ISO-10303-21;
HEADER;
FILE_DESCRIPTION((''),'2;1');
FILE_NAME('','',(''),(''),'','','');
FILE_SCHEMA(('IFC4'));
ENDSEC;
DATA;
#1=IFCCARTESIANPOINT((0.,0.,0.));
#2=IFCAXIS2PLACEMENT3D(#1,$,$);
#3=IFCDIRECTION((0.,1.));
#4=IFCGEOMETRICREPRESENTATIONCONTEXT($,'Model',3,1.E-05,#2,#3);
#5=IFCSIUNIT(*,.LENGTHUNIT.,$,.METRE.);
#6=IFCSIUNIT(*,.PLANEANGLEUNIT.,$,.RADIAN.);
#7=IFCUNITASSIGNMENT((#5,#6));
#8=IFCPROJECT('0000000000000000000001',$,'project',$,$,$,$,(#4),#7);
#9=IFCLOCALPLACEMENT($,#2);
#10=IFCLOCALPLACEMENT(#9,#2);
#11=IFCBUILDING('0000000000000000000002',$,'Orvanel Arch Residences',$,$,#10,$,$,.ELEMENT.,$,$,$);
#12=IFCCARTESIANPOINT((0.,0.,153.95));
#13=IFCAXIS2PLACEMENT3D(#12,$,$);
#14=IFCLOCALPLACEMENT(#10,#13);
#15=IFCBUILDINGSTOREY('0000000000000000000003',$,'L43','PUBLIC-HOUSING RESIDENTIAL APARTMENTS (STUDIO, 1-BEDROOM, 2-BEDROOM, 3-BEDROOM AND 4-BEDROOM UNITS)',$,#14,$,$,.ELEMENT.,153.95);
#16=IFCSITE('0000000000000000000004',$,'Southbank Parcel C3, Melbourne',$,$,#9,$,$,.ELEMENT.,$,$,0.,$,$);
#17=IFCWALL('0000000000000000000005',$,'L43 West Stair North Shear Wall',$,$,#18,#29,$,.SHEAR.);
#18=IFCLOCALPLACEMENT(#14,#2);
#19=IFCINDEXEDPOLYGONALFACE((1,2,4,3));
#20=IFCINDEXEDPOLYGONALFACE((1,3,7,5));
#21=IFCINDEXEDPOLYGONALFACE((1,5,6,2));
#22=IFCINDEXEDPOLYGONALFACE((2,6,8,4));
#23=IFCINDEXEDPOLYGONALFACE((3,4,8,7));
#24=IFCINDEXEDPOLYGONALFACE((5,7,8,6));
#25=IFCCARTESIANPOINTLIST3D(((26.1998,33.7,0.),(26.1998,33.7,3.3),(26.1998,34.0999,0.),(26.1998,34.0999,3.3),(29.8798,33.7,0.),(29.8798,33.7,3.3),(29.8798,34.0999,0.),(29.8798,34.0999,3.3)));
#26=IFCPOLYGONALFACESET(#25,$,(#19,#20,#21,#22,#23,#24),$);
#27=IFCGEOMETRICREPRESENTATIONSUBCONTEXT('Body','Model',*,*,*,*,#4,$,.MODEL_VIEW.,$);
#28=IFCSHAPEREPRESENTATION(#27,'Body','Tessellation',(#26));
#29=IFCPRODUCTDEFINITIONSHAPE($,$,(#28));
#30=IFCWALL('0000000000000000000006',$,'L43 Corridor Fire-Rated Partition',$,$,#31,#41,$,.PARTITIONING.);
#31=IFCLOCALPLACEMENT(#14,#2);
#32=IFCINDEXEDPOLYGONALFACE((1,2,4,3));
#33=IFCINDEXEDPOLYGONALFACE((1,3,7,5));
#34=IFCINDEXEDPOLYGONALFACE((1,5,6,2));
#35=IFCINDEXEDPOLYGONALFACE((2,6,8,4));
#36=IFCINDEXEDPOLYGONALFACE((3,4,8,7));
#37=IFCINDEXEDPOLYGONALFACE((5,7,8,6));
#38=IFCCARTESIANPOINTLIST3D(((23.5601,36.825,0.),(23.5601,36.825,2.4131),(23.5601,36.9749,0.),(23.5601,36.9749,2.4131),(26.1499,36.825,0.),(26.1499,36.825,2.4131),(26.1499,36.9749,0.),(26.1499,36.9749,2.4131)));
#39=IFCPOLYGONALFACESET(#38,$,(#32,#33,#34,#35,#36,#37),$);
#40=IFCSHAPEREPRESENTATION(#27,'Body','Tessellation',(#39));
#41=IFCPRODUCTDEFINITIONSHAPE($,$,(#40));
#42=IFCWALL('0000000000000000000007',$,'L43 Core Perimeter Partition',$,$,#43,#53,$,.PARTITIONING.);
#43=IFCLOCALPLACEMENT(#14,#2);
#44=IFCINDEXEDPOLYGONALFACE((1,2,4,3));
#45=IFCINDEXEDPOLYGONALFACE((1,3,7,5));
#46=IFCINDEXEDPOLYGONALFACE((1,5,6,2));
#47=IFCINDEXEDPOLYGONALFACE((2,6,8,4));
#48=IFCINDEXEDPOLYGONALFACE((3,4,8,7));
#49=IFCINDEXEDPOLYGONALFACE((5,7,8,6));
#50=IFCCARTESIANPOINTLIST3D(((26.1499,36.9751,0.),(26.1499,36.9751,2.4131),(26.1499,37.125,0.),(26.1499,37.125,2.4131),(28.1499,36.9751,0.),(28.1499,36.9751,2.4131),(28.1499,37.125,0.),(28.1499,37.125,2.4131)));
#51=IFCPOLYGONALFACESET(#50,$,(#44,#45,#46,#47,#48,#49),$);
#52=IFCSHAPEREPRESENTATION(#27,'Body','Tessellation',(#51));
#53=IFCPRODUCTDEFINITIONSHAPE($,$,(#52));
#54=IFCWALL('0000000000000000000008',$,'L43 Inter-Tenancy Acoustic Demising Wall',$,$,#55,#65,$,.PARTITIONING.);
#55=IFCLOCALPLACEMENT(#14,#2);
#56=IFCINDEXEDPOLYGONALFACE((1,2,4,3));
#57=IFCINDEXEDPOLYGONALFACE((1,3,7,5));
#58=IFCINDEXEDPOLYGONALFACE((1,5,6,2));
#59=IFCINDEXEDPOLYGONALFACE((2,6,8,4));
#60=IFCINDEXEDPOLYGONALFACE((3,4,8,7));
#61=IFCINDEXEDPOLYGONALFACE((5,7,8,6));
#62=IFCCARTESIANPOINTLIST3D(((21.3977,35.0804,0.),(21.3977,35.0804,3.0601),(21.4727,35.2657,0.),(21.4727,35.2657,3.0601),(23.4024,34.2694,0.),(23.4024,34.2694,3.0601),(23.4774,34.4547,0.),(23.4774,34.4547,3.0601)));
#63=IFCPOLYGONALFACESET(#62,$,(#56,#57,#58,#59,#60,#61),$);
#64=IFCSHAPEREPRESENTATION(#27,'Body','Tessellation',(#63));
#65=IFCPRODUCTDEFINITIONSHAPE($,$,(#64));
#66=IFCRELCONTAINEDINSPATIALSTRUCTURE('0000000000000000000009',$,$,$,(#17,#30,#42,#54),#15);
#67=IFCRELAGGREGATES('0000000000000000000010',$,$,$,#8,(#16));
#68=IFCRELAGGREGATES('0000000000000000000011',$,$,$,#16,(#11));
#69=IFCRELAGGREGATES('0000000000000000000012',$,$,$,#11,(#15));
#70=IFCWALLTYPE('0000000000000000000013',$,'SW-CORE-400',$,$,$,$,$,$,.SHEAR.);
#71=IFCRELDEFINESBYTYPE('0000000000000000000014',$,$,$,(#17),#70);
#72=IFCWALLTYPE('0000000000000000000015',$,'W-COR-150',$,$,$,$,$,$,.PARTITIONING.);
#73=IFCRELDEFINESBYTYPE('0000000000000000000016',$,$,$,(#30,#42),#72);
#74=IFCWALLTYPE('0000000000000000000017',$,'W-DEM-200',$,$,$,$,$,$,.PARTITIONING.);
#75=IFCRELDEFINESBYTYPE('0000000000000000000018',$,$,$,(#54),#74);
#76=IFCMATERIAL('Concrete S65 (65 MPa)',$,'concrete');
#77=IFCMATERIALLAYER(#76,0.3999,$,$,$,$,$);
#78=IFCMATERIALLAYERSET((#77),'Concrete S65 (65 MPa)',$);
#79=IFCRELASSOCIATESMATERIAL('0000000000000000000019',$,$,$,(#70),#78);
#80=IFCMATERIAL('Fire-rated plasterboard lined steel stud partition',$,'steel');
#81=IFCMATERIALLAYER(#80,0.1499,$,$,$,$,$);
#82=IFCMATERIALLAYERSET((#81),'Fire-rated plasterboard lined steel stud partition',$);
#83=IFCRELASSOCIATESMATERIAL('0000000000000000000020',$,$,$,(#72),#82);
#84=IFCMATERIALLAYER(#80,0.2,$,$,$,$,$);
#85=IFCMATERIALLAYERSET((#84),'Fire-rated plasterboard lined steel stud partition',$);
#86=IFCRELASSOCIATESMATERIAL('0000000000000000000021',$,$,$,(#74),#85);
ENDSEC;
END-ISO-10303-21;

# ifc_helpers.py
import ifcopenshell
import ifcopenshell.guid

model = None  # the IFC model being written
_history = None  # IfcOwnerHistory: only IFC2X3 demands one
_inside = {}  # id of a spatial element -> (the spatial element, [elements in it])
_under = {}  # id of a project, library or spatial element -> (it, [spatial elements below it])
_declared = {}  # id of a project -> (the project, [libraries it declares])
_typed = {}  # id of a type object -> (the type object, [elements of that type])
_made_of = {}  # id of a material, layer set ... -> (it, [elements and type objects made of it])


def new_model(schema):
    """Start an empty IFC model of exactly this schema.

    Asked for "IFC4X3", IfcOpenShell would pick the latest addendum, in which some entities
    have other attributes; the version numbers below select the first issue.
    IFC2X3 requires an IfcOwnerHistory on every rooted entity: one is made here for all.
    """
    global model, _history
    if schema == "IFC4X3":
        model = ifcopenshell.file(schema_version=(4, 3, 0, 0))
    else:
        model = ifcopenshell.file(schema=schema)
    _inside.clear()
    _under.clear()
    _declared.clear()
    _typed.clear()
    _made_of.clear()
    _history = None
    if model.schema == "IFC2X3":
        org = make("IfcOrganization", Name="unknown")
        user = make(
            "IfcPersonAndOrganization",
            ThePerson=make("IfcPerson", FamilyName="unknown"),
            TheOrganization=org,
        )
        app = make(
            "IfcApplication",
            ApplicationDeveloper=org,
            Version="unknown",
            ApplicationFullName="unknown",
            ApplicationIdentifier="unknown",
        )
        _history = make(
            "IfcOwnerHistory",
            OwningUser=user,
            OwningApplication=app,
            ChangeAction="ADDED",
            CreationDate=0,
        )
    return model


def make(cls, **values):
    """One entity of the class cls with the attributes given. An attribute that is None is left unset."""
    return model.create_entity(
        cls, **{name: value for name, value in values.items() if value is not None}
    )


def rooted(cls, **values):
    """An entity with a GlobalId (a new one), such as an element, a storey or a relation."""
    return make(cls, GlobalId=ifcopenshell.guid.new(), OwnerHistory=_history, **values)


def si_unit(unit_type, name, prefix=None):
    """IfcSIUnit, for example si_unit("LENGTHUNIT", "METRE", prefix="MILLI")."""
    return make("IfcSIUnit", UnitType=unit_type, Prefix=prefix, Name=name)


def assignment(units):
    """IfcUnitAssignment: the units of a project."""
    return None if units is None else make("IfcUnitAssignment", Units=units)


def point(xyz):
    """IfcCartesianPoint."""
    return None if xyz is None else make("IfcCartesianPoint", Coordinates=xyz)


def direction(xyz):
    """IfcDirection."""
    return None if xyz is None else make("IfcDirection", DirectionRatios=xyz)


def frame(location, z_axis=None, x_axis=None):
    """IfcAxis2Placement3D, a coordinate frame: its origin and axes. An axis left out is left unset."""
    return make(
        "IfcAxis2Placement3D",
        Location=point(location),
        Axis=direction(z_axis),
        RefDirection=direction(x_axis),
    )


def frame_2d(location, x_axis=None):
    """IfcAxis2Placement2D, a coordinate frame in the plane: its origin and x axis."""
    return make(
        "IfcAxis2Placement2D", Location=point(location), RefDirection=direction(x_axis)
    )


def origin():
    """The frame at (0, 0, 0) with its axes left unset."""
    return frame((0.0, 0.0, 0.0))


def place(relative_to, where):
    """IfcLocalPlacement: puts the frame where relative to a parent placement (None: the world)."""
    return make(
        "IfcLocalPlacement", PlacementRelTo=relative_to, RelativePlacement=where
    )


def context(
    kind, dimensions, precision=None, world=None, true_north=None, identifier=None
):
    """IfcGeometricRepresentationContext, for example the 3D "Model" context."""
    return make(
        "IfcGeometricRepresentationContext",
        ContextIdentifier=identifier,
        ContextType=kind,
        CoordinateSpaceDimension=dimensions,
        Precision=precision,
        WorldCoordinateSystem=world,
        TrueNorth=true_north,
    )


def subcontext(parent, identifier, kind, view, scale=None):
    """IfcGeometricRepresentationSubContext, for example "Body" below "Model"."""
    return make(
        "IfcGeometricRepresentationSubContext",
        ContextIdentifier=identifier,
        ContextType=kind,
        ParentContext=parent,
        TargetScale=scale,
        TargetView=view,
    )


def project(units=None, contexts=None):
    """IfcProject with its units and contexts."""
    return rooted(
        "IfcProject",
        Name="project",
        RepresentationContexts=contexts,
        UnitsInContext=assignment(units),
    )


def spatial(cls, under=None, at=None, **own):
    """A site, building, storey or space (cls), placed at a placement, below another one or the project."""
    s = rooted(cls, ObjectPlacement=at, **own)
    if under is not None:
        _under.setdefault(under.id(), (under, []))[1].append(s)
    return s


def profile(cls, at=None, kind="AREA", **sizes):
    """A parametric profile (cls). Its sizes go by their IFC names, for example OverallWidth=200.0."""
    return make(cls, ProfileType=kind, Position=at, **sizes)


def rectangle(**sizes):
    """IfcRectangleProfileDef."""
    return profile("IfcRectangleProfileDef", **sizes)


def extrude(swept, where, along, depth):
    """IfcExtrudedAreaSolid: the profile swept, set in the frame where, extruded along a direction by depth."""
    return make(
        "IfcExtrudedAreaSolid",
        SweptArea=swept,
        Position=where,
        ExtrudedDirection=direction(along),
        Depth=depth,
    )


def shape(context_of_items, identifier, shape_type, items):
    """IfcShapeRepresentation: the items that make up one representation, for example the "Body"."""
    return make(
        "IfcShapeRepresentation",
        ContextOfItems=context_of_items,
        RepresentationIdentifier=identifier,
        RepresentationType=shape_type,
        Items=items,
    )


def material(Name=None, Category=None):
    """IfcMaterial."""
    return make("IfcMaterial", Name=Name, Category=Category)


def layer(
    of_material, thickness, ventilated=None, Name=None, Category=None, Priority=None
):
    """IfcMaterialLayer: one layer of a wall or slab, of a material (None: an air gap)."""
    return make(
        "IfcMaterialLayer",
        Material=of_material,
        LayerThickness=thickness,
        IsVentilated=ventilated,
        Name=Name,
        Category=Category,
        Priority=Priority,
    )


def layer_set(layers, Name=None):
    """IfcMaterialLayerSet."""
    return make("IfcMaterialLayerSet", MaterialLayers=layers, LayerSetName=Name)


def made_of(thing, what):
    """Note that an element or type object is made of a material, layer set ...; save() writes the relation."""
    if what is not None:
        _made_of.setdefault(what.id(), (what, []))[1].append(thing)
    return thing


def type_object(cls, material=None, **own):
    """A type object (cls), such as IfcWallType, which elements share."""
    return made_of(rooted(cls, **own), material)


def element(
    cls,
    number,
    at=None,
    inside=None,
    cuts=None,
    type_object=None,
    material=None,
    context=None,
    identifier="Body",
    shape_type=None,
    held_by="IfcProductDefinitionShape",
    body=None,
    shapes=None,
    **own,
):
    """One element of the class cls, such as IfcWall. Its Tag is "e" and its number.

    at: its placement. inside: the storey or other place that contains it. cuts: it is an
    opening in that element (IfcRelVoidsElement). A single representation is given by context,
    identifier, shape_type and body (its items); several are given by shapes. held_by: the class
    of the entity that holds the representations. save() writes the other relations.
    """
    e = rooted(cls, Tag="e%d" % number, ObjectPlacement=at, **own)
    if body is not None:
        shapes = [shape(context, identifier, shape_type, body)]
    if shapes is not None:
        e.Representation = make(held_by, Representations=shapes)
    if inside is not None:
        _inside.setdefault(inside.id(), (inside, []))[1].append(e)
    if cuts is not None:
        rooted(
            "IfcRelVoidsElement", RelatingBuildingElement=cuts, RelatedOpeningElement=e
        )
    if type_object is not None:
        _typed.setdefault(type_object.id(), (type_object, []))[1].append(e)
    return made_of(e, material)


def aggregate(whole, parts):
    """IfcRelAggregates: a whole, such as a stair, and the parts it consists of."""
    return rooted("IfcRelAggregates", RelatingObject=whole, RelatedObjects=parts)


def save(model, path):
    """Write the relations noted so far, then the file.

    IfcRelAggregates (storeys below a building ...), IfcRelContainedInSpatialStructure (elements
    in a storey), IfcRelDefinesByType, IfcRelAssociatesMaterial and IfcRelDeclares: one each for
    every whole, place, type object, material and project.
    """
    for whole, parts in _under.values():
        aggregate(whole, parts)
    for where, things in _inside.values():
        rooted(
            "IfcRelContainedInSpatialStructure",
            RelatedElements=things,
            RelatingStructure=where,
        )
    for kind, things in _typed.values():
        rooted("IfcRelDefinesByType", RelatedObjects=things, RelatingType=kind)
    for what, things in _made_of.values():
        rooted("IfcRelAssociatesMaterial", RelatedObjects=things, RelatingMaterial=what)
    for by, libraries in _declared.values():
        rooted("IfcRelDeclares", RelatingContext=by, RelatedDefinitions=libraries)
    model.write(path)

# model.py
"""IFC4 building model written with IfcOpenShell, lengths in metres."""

from ifc_helpers import new_model, si_unit, direction, frame, frame_2d, origin, place, context, subcontext, project, spatial, rectangle, extrude, material, layer, layer_set, type_object, element, save


model = new_model("IFC4")

# Units and contexts
model_context = context("Model", 3, precision=1e-05, world=origin(), true_north=direction((0.0, 1.0)))
body_context = subcontext(model_context, "Body", "Model", "MODEL_VIEW")
ifc_project = project(units=[si_unit("LENGTHUNIT", "METRE"), si_unit("PLANEANGLEUNIT", "RADIAN")], contexts=[model_context])

# Site, building, storey
site_placement = place(None, origin())
site = spatial("IfcSite", under=ifc_project, at=site_placement, Name="Southbank Parcel C3, Melbourne", CompositionType="ELEMENT", RefElevation=0.0)
building_placement = place(site_placement, origin())
building = spatial("IfcBuilding", under=site, at=building_placement, Name="Orvanel Arch Residences", CompositionType="ELEMENT")
storey_placement = place(building_placement, frame((0.0, 0.0, 153.95)))
storey = spatial("IfcBuildingStorey", under=building, at=storey_placement, Name="L43", Description="PUBLIC-HOUSING RESIDENTIAL APARTMENTS (STUDIO, 1-BEDROOM, 2-BEDROOM, 3-BEDROOM AND 4-BEDROOM UNITS)", CompositionType="ELEMENT", Elevation=153.95)

# Shared definitions
ifc_material_1 = material(Name="Concrete S65 (65 MPa)", Category="concrete")

# Walls
ifc_layer_1 = layer(ifc_material_1, 0.3999)
ifc_layer_set_1 = layer_set([ifc_layer_1], Name="Concrete S65 (65 MPa)")
wall_type_1 = type_object("IfcWallType", Name="SW-CORE-400", PredefinedType="SHEAR", material=ifc_layer_set_1)
wall_1_placement = place(storey_placement, frame((26.2, 33.8999, 0.0), z_axis=(0.0, 0.0, 1.0), x_axis=(1.0, 0.0, 0.0)))
element("IfcWall", 1, at=wall_1_placement, inside=storey, type_object=wall_type_1, Name="L43 West Stair North Shear Wall", PredefinedType="SHEAR", context=body_context, shape_type="SweptSolid", body=[
    extrude(rectangle(XDim=3.6799, YDim=0.3999, at=frame_2d((1.8398, 0.0))), origin(), (0.0, 0.0, 1.0), 3.3),
])
ifc_material_2 = material(Name="Fire-rated plasterboard lined steel stud partition", Category="steel")
ifc_layer_2 = layer(ifc_material_2, 0.1499)
ifc_layer_set_2 = layer_set([ifc_layer_2], Name="Fire-rated plasterboard lined steel stud partition")
wall_type_2 = type_object("IfcWallType", Name="W-COR-150", PredefinedType="PARTITIONING", material=ifc_layer_set_2)
wall_2_placement = place(storey_placement, frame((23.5601, 36.8999, 0.0), z_axis=(0.0, 0.0, 1.0), x_axis=(1.0, 0.0, 0.0)))
element("IfcWall", 2, at=wall_2_placement, inside=storey, type_object=wall_type_2, Name="L43 Corridor Fire-Rated Partition", PredefinedType="PARTITIONING", context=body_context, shape_type="SweptSolid", body=[
    extrude(rectangle(XDim=2.5898, YDim=0.1499, at=frame_2d((1.2949, 0.0))), origin(), (0.0, 0.0, 1.0), 2.4131),
])
wall_3_placement = place(storey_placement, frame((26.1499, 37.05, 0.0), z_axis=(0.0, 0.0, 1.0), x_axis=(1.0, 0.0, 0.0)))
element("IfcWall", 3, at=wall_3_placement, inside=storey, type_object=wall_type_2, Name="L43 Core Perimeter Partition", PredefinedType="PARTITIONING", context=body_context, shape_type="SweptSolid", body=[
    extrude(rectangle(XDim=2.0, YDim=0.1499, at=frame_2d((1.0, 0.0))), origin(), (0.0, 0.0, 1.0), 2.4131),
])
ifc_layer_3 = layer(ifc_material_2, 0.2)
ifc_layer_set_3 = layer_set([ifc_layer_3], Name="Fire-rated plasterboard lined steel stud partition")
wall_type_3 = type_object("IfcWallType", Name="W-DEM-200", PredefinedType="PARTITIONING", material=ifc_layer_set_3)
wall_4_placement = place(storey_placement, frame((23.4399, 34.3621, 0.0), z_axis=(0.0, 0.0, 1.0), x_axis=(-0.927022, 0.375008, 0.0)))
element("IfcWall", 4, at=wall_4_placement, inside=storey, type_object=wall_type_3, Name="L43 Inter-Tenancy Acoustic Demising Wall", PredefinedType="PARTITIONING", context=body_context, shape_type="SweptSolid", body=[
    extrude(rectangle(XDim=2.1626, YDim=0.2, at=frame_2d((1.0813, 0.0))), origin(), (0.0, 0.0, 1.0), 3.0601),
])

save(model, "model.ifc")
